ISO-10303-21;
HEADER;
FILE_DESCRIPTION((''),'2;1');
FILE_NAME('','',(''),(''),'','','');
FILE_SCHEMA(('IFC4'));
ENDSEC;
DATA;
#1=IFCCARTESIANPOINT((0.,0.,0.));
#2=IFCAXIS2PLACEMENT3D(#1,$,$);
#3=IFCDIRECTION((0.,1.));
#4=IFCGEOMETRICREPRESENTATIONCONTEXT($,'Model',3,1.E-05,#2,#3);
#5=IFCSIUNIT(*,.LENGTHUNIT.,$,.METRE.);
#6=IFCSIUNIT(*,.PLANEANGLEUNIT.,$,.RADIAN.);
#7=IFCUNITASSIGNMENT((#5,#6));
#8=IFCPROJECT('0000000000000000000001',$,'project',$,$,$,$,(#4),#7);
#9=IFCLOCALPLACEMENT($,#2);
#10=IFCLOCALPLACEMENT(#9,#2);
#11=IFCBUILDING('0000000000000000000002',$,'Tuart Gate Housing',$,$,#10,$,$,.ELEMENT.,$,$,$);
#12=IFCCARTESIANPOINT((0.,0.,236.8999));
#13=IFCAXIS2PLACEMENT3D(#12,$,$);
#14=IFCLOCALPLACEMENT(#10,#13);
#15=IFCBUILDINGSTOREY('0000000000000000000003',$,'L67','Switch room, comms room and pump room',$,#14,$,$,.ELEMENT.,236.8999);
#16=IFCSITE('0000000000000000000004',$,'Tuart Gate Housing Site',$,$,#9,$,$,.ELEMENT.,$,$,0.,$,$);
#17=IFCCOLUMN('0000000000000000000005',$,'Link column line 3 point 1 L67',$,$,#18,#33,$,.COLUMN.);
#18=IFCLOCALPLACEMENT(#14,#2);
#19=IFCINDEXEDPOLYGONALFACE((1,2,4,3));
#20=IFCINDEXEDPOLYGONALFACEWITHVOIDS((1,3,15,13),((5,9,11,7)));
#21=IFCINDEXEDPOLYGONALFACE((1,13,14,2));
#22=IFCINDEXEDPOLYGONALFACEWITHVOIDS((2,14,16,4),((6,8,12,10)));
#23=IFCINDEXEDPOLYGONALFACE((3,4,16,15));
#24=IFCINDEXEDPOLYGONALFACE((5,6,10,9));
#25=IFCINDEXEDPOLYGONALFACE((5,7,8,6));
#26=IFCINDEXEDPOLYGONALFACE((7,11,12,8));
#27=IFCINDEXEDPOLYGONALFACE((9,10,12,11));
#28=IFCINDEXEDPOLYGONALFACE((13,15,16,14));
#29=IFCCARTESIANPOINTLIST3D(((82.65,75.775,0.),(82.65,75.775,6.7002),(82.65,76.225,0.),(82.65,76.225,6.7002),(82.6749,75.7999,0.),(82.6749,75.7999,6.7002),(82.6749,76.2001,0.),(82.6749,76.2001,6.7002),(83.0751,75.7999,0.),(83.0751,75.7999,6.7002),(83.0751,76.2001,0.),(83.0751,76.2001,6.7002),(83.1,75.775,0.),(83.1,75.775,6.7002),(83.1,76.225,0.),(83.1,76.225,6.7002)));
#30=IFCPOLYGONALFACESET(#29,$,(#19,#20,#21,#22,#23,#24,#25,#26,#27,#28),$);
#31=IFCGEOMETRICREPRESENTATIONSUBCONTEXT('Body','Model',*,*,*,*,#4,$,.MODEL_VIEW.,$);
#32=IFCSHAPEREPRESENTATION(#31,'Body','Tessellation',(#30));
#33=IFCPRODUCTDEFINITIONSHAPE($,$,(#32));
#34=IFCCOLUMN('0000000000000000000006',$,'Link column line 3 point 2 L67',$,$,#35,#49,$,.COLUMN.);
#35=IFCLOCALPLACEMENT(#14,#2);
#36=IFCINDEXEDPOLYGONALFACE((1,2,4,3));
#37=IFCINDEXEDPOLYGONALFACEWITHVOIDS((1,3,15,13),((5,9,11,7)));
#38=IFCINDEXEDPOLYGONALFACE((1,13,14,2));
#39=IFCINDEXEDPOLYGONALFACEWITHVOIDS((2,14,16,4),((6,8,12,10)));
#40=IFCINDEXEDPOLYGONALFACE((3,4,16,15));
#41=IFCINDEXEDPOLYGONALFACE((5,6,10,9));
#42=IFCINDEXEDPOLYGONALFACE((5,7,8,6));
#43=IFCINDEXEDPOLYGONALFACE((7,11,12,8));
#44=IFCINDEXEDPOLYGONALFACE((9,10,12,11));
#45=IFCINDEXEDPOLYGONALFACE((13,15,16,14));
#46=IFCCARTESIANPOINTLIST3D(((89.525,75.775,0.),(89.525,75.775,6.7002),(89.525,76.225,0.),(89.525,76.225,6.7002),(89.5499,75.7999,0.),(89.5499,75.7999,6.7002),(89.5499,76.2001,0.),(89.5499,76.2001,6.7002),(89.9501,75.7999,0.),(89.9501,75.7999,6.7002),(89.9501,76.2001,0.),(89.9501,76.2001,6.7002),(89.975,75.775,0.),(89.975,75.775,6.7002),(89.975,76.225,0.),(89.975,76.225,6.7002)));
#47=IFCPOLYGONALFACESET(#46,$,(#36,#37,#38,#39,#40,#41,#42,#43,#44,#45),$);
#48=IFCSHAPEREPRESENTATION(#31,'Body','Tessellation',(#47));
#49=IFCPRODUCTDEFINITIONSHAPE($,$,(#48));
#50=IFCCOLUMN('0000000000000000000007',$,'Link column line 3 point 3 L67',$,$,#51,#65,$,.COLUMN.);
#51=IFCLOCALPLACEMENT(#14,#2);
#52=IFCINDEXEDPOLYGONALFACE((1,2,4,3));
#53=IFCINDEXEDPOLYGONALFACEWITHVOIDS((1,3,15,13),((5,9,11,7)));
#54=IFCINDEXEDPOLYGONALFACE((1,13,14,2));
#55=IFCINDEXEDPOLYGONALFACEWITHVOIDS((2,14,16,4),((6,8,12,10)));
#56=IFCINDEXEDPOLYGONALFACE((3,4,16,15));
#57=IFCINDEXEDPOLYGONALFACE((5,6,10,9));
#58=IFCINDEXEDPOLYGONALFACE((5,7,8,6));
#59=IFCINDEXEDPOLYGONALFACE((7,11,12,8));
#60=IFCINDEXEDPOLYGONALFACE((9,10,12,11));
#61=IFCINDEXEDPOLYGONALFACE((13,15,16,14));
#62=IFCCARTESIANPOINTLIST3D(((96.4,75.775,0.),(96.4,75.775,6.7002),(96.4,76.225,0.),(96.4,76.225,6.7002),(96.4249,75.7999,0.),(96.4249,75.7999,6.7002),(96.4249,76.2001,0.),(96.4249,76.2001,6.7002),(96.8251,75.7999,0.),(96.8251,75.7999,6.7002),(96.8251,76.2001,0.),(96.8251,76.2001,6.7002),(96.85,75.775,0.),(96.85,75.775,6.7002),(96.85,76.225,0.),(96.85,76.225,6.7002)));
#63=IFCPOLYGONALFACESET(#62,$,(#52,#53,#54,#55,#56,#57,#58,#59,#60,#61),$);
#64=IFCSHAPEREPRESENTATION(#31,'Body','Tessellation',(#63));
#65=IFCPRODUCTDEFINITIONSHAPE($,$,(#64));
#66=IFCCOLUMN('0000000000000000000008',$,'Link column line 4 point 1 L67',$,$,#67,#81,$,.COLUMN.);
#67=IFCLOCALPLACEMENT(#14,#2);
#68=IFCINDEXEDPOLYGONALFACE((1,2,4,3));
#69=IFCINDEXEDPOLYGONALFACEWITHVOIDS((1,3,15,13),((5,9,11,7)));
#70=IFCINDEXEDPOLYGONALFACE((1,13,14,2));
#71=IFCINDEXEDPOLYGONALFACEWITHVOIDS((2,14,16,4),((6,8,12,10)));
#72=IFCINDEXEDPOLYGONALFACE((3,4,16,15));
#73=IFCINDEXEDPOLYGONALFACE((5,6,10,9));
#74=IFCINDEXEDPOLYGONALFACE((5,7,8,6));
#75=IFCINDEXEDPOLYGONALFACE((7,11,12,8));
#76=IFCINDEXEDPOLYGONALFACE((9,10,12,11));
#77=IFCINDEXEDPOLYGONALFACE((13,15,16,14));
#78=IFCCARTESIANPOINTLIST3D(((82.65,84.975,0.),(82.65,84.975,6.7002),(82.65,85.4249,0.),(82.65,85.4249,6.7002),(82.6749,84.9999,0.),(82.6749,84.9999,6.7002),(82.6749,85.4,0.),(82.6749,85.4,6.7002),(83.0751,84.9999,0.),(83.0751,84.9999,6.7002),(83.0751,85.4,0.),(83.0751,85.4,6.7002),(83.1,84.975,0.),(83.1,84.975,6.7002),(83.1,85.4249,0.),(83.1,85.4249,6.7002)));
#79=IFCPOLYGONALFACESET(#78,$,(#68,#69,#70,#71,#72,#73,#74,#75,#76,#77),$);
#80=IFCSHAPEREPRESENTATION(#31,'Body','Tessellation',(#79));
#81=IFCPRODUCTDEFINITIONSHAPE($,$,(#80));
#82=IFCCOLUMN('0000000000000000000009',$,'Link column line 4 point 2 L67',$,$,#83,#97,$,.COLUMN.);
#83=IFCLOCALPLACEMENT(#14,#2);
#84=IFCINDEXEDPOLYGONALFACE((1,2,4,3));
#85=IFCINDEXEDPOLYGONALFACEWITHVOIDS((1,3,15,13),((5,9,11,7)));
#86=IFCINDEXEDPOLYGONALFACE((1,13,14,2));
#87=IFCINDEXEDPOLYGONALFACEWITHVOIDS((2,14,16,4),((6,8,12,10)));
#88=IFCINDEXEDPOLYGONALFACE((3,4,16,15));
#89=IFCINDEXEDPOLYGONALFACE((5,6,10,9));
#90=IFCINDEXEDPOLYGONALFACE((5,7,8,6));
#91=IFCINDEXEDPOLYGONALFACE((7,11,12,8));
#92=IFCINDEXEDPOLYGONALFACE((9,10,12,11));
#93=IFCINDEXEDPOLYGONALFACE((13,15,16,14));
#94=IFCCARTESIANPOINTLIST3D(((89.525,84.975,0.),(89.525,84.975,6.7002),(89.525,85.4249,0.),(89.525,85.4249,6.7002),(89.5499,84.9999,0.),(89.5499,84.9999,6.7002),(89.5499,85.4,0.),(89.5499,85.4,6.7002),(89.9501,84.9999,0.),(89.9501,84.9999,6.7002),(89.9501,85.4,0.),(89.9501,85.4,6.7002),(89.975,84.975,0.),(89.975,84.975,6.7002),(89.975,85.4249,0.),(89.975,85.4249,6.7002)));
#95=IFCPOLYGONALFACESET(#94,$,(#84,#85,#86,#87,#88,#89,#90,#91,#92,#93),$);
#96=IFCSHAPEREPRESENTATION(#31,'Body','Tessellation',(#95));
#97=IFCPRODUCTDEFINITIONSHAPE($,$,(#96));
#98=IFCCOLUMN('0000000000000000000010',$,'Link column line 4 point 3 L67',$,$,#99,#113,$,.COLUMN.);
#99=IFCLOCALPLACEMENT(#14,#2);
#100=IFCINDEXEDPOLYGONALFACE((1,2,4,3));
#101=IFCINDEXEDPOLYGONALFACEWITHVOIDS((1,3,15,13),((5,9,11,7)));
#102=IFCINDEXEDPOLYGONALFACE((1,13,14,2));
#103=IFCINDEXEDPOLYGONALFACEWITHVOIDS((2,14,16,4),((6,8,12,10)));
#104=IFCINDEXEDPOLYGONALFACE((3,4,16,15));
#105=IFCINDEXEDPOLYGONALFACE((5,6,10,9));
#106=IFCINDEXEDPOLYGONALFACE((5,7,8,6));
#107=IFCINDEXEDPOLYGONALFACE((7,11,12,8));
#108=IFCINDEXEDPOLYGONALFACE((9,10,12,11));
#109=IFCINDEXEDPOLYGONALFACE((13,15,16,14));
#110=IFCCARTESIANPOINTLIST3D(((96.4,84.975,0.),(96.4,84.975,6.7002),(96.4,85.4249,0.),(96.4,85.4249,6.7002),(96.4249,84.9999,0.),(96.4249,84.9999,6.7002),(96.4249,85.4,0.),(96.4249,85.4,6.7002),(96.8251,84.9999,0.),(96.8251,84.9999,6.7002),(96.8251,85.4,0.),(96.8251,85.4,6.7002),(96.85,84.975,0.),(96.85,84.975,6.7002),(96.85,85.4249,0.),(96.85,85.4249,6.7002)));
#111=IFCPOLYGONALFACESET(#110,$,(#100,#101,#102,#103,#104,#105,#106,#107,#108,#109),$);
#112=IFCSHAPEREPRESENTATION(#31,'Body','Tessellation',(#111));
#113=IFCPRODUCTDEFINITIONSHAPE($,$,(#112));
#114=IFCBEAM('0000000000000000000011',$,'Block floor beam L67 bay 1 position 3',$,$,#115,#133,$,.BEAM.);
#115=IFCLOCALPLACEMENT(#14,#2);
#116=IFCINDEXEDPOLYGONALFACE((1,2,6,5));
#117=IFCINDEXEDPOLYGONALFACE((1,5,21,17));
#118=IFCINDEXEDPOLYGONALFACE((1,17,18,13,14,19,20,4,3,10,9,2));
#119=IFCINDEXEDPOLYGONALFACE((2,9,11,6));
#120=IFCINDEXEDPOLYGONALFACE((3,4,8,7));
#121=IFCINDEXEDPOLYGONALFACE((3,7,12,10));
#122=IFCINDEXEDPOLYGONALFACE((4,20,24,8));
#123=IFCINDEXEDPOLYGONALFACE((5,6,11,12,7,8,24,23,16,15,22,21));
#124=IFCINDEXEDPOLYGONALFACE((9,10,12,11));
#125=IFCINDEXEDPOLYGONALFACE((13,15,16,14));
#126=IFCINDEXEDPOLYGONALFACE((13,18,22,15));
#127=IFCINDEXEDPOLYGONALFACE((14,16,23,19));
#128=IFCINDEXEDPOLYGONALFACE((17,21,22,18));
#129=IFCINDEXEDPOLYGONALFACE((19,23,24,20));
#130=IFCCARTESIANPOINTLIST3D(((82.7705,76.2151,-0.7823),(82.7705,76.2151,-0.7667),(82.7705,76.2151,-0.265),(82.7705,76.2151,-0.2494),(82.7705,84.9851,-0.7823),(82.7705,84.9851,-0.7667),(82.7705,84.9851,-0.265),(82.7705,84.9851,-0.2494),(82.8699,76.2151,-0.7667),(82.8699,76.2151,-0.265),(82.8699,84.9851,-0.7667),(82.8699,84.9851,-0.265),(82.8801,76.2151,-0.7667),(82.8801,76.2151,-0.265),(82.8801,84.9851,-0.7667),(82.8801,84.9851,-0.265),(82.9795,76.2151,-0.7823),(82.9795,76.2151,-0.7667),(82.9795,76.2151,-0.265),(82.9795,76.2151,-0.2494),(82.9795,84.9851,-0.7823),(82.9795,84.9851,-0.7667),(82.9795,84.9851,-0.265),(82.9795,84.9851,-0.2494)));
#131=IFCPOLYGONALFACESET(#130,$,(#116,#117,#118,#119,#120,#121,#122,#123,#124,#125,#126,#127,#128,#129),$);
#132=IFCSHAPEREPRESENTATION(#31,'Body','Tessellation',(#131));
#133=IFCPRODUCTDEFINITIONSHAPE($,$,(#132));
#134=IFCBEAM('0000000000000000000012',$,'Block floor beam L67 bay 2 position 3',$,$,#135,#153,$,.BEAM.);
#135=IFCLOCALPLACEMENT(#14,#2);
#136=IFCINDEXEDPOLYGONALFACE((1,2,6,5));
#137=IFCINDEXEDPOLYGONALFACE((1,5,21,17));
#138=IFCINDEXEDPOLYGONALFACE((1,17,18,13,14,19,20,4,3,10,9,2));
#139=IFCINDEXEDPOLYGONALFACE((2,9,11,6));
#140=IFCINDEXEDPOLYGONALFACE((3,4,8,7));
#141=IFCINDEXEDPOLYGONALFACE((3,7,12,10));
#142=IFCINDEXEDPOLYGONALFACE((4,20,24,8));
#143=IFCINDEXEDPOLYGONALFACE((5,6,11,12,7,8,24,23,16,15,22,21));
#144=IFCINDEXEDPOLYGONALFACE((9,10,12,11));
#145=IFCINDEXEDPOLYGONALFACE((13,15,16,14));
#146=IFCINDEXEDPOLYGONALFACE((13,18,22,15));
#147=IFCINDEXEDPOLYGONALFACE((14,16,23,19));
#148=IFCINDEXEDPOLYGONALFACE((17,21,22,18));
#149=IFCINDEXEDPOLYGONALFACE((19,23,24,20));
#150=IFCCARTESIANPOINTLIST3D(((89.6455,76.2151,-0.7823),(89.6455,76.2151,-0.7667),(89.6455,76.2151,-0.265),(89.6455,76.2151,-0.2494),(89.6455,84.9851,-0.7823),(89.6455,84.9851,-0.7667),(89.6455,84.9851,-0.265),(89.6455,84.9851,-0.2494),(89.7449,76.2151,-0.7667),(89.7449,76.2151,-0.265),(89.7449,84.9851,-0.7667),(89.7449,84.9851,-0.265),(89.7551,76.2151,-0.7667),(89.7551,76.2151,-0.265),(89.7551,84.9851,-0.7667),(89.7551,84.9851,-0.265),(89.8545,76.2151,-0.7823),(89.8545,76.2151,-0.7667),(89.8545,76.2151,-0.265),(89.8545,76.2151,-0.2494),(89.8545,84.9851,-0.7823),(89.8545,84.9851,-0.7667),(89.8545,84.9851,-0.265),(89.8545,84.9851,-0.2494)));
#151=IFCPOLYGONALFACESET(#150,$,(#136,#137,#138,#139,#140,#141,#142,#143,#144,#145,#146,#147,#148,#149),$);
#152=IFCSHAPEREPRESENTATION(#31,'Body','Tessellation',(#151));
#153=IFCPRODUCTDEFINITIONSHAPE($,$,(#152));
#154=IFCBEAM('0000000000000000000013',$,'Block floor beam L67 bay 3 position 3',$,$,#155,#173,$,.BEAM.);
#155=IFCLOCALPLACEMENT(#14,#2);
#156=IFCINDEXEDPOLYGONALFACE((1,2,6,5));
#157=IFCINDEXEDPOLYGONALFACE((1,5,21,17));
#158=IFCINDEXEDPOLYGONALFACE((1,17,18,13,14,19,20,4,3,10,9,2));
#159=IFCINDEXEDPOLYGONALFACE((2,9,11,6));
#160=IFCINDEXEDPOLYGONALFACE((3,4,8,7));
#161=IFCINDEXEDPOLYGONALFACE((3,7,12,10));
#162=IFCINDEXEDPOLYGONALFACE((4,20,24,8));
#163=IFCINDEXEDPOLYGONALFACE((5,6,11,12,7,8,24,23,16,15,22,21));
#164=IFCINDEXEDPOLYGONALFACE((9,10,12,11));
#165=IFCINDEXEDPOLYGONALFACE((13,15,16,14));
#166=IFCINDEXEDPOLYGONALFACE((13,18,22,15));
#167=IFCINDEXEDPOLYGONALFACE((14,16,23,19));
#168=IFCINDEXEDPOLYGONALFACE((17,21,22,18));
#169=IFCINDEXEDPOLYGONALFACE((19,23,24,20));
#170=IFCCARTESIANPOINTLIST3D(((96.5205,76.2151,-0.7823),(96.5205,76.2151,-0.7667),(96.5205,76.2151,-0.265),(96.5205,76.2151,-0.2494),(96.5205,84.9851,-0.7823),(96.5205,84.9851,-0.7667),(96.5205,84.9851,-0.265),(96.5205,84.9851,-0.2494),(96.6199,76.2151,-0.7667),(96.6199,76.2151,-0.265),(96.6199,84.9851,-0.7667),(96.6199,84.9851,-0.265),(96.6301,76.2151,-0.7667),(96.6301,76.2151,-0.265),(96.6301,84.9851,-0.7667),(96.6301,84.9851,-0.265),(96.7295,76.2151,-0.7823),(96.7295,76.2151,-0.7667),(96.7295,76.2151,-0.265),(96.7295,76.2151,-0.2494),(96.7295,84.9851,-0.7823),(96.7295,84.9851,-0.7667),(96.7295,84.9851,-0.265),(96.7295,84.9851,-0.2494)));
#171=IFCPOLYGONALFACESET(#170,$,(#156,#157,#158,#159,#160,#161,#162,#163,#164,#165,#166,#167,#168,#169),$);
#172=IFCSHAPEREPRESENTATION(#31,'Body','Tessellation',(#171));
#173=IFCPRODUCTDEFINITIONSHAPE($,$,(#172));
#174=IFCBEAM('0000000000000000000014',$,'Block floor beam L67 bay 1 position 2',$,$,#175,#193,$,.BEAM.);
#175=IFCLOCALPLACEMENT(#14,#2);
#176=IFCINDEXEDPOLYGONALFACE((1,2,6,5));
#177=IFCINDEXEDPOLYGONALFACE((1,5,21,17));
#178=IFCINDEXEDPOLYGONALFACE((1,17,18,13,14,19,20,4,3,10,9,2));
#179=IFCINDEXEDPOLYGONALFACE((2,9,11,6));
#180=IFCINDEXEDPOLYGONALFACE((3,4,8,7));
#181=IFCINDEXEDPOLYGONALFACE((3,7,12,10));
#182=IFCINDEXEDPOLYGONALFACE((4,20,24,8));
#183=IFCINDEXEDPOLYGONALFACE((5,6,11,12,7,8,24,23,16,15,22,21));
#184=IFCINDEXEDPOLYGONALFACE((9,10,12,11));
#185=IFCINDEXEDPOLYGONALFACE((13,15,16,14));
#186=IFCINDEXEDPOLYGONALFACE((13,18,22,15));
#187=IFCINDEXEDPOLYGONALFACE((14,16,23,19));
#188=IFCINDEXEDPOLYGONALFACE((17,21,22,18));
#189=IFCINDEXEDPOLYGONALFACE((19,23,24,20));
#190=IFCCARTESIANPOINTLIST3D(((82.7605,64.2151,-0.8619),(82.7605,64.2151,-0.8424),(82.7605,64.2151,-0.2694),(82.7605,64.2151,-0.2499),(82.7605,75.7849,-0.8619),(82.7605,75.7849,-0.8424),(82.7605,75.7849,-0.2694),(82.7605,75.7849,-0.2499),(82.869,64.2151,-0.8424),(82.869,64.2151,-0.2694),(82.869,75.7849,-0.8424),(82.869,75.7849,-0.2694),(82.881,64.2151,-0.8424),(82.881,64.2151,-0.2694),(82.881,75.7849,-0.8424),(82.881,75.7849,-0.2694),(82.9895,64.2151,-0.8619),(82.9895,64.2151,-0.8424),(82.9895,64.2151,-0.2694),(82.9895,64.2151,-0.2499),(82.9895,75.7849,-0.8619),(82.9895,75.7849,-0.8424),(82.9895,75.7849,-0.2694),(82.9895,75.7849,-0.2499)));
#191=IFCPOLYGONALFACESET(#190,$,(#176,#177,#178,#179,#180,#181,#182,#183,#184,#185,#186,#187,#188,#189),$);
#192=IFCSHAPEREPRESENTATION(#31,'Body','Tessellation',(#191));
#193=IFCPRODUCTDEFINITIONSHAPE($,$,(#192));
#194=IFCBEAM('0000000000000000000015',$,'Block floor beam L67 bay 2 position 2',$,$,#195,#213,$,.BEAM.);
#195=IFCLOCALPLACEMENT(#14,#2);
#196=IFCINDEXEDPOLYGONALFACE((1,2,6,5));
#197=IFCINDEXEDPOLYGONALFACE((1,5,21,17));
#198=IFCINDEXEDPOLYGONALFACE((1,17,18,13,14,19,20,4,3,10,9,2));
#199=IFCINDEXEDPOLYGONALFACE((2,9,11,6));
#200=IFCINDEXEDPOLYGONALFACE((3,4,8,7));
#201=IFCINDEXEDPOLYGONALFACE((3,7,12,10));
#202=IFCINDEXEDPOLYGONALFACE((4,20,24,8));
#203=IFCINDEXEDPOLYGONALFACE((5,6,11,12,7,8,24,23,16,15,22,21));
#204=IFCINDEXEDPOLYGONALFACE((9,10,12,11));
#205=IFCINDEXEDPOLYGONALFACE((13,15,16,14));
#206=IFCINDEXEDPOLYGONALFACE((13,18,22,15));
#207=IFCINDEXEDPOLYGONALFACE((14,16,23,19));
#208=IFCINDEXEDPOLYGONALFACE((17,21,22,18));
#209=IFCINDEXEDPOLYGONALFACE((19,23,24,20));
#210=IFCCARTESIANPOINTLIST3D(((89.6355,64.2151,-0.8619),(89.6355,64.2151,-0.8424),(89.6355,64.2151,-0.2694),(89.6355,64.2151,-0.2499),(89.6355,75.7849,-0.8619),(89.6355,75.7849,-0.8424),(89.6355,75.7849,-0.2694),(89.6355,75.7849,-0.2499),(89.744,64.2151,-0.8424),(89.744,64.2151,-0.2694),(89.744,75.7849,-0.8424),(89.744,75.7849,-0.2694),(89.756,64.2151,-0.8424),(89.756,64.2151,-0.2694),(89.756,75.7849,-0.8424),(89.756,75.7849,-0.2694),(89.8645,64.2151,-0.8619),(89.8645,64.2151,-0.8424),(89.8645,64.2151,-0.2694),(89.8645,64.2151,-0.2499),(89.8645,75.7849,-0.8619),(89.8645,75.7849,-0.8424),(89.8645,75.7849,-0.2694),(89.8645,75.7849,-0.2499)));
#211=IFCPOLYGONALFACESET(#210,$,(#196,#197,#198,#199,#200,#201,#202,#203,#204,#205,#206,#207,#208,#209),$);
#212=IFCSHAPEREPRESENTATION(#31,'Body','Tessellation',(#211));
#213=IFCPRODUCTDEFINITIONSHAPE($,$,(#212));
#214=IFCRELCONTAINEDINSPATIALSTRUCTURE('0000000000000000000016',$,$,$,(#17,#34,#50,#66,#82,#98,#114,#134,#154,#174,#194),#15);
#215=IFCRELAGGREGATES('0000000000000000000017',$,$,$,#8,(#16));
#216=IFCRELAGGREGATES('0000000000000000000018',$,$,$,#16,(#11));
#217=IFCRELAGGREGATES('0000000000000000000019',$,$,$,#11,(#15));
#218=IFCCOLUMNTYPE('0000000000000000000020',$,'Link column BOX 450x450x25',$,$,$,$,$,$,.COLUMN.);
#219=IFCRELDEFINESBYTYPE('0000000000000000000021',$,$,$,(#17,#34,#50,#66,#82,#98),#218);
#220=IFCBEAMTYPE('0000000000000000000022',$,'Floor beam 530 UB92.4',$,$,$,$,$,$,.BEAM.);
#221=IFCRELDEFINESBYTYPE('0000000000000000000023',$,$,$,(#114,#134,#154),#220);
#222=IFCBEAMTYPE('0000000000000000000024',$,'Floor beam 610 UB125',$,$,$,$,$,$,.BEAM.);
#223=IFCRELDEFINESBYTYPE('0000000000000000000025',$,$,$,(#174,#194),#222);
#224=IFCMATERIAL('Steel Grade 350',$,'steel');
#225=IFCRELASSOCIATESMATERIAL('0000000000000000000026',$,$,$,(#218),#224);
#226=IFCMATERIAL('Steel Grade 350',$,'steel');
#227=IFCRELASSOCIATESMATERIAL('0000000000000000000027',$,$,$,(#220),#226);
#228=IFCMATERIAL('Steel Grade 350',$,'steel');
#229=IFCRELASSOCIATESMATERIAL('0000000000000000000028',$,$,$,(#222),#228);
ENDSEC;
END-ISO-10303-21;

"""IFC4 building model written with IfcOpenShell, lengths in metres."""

from ifc_helpers import new_model, si_unit, direction, frame, origin, origin_2d, place, context, subcontext, project, spatial, hollow_rectangle, i_section, extrude, material, material_profile, profile_set, type_object, element, save


model = new_model("IFC4")

# Units and contexts
model_context = context("Model", 3, precision=1e-05, world=origin(), true_north=direction((0.0, 1.0)))
body_context = subcontext(model_context, "Body", "Model", "MODEL_VIEW")
ifc_project = project(units=[si_unit("LENGTHUNIT", "METRE"), si_unit("PLANEANGLEUNIT", "RADIAN")], contexts=[model_context])

# Site, building, storey
site_placement = place(None, origin())
site = spatial("IfcSite", under=ifc_project, at=site_placement, Name="Tuart Gate Housing Site", CompositionType="ELEMENT", RefElevation=0.0)
building_placement = place(site_placement, origin())
building = spatial("IfcBuilding", under=site, at=building_placement, Name="Tuart Gate Housing", CompositionType="ELEMENT")
storey_placement = place(building_placement, frame((0.0, 0.0, 236.8999)))
storey = spatial("IfcBuildingStorey", under=building, at=storey_placement, Name="L67", Description="Switch room, comms room and pump room", CompositionType="ELEMENT", Elevation=236.8999)

# Columns
ifc_material_1 = material(Name="Steel Grade 350", Category="steel")
ifc_material_profile_1 = material_profile(ifc_material_1, hollow_rectangle(XDim=0.45, YDim=0.45, WallThickness=0.0249, at=origin_2d()), Name="BOX 450x450x25")
ifc_profile_set_1 = profile_set([ifc_material_profile_1], Name="Steel Grade 350")
column_type = type_object("IfcColumnType", Name="Link column BOX 450x450x25", PredefinedType="COLUMN", material=ifc_profile_set_1)
for number, where, z_axis, x_axis, name in (
    (1, (82.875, 76.0, 0.0), (0.0, 0.0, 1.0), (1.0, 0.0, 0.0), "Link column line 3 point 1 L67"),
    (2, (89.75, 76.0, 0.0), (0.0, 0.0, 1.0), (1.0, 0.0, 0.0), "Link column line 3 point 2 L67"),
    (3, (96.625, 76.0, 0.0), (0.0, 0.0, 1.0), (1.0, 0.0, 0.0), "Link column line 3 point 3 L67"),
    (4, (82.875, 85.2, 0.0), (0.0, 0.0, 1.0), (1.0, 0.0, 0.0), "Link column line 4 point 1 L67"),
    (5, (89.75, 85.2, 0.0), (0.0, 0.0, 1.0), (1.0, 0.0, 0.0), "Link column line 4 point 2 L67"),
    (6, (96.625, 85.2, 0.0), (0.0, 0.0, 1.0), (1.0, 0.0, 0.0), "Link column line 4 point 3 L67"),
):
    element("IfcColumn", number, at=place(storey_placement, frame(where, z_axis=z_axis, x_axis=x_axis)), inside=storey, type_object=column_type, Name=name, PredefinedType="COLUMN", context=body_context, shape_type="SweptSolid", body=[
        extrude(hollow_rectangle(XDim=0.45, YDim=0.45, WallThickness=0.0249, at=origin_2d()), origin(), (0.0, 0.0, 1.0), 6.7002),
    ])

# Beams
ifc_material_2 = material(Name="Steel Grade 350", Category="steel")
ifc_material_profile_2 = material_profile(ifc_material_2, i_section(OverallWidth=0.209, OverallDepth=0.533, WebThickness=0.0103, FlangeThickness=0.0156, at=origin_2d()), Name="530UB92.4")
ifc_profile_set_2 = profile_set([ifc_material_profile_2], Name="Steel Grade 350")
beam_type_1 = type_object("IfcBeamType", Name="Floor beam 530 UB92.4", PredefinedType="BEAM", material=ifc_profile_set_2)
for number, where, z_axis, x_axis, name in (
    (7, (82.875, 76.2151, -0.5159), (0.0, 1.0, 0.0), (-1.0, 0.0, 0.0), "Block floor beam L67 bay 1 position 3"),
    (8, (89.75, 76.2151, -0.5159), (0.0, 1.0, 0.0), (-1.0, 0.0, 0.0), "Block floor beam L67 bay 2 position 3"),
    (9, (96.625, 76.2151, -0.5159), (0.0, 1.0, 0.0), (-1.0, 0.0, 0.0), "Block floor beam L67 bay 3 position 3"),
):
    element("IfcBeam", number, at=place(storey_placement, frame(where, z_axis=z_axis, x_axis=x_axis)), inside=storey, type_object=beam_type_1, Name=name, PredefinedType="BEAM", context=body_context, shape_type="SweptSolid", body=[
        extrude(i_section(OverallWidth=0.209, OverallDepth=0.533, WebThickness=0.0103, FlangeThickness=0.0156, at=origin_2d()), origin(), (0.0, 0.0, 1.0), 8.77),
    ])
ifc_material_3 = material(Name="Steel Grade 350", Category="steel")
ifc_material_profile_3 = material_profile(ifc_material_3, i_section(OverallWidth=0.229, OverallDepth=0.6121, WebThickness=0.012, FlangeThickness=0.0195, at=origin_2d()), Name="610UB125")
ifc_profile_set_3 = profile_set([ifc_material_profile_3], Name="Steel Grade 350")
beam_type_2 = type_object("IfcBeamType", Name="Floor beam 610 UB125", PredefinedType="BEAM", material=ifc_profile_set_3)
for number, where, z_axis, x_axis, name in (
    (10, (82.875, 64.2151, -0.5559), (0.0, 1.0, 0.0), (-1.0, 0.0, 0.0), "Block floor beam L67 bay 1 position 2"),
    (11, (89.75, 64.2151, -0.5559), (0.0, 1.0, 0.0), (-1.0, 0.0, 0.0), "Block floor beam L67 bay 2 position 2"),
):
    element("IfcBeam", number, at=place(storey_placement, frame(where, z_axis=z_axis, x_axis=x_axis)), inside=storey, type_object=beam_type_2, Name=name, PredefinedType="BEAM", context=body_context, shape_type="SweptSolid", body=[
        extrude(i_section(OverallWidth=0.229, OverallDepth=0.6121, WebThickness=0.012, FlangeThickness=0.0195, at=origin_2d()), origin(), (0.0, 0.0, 1.0), 11.5698),
    ])

save(model, "model.ifc")
